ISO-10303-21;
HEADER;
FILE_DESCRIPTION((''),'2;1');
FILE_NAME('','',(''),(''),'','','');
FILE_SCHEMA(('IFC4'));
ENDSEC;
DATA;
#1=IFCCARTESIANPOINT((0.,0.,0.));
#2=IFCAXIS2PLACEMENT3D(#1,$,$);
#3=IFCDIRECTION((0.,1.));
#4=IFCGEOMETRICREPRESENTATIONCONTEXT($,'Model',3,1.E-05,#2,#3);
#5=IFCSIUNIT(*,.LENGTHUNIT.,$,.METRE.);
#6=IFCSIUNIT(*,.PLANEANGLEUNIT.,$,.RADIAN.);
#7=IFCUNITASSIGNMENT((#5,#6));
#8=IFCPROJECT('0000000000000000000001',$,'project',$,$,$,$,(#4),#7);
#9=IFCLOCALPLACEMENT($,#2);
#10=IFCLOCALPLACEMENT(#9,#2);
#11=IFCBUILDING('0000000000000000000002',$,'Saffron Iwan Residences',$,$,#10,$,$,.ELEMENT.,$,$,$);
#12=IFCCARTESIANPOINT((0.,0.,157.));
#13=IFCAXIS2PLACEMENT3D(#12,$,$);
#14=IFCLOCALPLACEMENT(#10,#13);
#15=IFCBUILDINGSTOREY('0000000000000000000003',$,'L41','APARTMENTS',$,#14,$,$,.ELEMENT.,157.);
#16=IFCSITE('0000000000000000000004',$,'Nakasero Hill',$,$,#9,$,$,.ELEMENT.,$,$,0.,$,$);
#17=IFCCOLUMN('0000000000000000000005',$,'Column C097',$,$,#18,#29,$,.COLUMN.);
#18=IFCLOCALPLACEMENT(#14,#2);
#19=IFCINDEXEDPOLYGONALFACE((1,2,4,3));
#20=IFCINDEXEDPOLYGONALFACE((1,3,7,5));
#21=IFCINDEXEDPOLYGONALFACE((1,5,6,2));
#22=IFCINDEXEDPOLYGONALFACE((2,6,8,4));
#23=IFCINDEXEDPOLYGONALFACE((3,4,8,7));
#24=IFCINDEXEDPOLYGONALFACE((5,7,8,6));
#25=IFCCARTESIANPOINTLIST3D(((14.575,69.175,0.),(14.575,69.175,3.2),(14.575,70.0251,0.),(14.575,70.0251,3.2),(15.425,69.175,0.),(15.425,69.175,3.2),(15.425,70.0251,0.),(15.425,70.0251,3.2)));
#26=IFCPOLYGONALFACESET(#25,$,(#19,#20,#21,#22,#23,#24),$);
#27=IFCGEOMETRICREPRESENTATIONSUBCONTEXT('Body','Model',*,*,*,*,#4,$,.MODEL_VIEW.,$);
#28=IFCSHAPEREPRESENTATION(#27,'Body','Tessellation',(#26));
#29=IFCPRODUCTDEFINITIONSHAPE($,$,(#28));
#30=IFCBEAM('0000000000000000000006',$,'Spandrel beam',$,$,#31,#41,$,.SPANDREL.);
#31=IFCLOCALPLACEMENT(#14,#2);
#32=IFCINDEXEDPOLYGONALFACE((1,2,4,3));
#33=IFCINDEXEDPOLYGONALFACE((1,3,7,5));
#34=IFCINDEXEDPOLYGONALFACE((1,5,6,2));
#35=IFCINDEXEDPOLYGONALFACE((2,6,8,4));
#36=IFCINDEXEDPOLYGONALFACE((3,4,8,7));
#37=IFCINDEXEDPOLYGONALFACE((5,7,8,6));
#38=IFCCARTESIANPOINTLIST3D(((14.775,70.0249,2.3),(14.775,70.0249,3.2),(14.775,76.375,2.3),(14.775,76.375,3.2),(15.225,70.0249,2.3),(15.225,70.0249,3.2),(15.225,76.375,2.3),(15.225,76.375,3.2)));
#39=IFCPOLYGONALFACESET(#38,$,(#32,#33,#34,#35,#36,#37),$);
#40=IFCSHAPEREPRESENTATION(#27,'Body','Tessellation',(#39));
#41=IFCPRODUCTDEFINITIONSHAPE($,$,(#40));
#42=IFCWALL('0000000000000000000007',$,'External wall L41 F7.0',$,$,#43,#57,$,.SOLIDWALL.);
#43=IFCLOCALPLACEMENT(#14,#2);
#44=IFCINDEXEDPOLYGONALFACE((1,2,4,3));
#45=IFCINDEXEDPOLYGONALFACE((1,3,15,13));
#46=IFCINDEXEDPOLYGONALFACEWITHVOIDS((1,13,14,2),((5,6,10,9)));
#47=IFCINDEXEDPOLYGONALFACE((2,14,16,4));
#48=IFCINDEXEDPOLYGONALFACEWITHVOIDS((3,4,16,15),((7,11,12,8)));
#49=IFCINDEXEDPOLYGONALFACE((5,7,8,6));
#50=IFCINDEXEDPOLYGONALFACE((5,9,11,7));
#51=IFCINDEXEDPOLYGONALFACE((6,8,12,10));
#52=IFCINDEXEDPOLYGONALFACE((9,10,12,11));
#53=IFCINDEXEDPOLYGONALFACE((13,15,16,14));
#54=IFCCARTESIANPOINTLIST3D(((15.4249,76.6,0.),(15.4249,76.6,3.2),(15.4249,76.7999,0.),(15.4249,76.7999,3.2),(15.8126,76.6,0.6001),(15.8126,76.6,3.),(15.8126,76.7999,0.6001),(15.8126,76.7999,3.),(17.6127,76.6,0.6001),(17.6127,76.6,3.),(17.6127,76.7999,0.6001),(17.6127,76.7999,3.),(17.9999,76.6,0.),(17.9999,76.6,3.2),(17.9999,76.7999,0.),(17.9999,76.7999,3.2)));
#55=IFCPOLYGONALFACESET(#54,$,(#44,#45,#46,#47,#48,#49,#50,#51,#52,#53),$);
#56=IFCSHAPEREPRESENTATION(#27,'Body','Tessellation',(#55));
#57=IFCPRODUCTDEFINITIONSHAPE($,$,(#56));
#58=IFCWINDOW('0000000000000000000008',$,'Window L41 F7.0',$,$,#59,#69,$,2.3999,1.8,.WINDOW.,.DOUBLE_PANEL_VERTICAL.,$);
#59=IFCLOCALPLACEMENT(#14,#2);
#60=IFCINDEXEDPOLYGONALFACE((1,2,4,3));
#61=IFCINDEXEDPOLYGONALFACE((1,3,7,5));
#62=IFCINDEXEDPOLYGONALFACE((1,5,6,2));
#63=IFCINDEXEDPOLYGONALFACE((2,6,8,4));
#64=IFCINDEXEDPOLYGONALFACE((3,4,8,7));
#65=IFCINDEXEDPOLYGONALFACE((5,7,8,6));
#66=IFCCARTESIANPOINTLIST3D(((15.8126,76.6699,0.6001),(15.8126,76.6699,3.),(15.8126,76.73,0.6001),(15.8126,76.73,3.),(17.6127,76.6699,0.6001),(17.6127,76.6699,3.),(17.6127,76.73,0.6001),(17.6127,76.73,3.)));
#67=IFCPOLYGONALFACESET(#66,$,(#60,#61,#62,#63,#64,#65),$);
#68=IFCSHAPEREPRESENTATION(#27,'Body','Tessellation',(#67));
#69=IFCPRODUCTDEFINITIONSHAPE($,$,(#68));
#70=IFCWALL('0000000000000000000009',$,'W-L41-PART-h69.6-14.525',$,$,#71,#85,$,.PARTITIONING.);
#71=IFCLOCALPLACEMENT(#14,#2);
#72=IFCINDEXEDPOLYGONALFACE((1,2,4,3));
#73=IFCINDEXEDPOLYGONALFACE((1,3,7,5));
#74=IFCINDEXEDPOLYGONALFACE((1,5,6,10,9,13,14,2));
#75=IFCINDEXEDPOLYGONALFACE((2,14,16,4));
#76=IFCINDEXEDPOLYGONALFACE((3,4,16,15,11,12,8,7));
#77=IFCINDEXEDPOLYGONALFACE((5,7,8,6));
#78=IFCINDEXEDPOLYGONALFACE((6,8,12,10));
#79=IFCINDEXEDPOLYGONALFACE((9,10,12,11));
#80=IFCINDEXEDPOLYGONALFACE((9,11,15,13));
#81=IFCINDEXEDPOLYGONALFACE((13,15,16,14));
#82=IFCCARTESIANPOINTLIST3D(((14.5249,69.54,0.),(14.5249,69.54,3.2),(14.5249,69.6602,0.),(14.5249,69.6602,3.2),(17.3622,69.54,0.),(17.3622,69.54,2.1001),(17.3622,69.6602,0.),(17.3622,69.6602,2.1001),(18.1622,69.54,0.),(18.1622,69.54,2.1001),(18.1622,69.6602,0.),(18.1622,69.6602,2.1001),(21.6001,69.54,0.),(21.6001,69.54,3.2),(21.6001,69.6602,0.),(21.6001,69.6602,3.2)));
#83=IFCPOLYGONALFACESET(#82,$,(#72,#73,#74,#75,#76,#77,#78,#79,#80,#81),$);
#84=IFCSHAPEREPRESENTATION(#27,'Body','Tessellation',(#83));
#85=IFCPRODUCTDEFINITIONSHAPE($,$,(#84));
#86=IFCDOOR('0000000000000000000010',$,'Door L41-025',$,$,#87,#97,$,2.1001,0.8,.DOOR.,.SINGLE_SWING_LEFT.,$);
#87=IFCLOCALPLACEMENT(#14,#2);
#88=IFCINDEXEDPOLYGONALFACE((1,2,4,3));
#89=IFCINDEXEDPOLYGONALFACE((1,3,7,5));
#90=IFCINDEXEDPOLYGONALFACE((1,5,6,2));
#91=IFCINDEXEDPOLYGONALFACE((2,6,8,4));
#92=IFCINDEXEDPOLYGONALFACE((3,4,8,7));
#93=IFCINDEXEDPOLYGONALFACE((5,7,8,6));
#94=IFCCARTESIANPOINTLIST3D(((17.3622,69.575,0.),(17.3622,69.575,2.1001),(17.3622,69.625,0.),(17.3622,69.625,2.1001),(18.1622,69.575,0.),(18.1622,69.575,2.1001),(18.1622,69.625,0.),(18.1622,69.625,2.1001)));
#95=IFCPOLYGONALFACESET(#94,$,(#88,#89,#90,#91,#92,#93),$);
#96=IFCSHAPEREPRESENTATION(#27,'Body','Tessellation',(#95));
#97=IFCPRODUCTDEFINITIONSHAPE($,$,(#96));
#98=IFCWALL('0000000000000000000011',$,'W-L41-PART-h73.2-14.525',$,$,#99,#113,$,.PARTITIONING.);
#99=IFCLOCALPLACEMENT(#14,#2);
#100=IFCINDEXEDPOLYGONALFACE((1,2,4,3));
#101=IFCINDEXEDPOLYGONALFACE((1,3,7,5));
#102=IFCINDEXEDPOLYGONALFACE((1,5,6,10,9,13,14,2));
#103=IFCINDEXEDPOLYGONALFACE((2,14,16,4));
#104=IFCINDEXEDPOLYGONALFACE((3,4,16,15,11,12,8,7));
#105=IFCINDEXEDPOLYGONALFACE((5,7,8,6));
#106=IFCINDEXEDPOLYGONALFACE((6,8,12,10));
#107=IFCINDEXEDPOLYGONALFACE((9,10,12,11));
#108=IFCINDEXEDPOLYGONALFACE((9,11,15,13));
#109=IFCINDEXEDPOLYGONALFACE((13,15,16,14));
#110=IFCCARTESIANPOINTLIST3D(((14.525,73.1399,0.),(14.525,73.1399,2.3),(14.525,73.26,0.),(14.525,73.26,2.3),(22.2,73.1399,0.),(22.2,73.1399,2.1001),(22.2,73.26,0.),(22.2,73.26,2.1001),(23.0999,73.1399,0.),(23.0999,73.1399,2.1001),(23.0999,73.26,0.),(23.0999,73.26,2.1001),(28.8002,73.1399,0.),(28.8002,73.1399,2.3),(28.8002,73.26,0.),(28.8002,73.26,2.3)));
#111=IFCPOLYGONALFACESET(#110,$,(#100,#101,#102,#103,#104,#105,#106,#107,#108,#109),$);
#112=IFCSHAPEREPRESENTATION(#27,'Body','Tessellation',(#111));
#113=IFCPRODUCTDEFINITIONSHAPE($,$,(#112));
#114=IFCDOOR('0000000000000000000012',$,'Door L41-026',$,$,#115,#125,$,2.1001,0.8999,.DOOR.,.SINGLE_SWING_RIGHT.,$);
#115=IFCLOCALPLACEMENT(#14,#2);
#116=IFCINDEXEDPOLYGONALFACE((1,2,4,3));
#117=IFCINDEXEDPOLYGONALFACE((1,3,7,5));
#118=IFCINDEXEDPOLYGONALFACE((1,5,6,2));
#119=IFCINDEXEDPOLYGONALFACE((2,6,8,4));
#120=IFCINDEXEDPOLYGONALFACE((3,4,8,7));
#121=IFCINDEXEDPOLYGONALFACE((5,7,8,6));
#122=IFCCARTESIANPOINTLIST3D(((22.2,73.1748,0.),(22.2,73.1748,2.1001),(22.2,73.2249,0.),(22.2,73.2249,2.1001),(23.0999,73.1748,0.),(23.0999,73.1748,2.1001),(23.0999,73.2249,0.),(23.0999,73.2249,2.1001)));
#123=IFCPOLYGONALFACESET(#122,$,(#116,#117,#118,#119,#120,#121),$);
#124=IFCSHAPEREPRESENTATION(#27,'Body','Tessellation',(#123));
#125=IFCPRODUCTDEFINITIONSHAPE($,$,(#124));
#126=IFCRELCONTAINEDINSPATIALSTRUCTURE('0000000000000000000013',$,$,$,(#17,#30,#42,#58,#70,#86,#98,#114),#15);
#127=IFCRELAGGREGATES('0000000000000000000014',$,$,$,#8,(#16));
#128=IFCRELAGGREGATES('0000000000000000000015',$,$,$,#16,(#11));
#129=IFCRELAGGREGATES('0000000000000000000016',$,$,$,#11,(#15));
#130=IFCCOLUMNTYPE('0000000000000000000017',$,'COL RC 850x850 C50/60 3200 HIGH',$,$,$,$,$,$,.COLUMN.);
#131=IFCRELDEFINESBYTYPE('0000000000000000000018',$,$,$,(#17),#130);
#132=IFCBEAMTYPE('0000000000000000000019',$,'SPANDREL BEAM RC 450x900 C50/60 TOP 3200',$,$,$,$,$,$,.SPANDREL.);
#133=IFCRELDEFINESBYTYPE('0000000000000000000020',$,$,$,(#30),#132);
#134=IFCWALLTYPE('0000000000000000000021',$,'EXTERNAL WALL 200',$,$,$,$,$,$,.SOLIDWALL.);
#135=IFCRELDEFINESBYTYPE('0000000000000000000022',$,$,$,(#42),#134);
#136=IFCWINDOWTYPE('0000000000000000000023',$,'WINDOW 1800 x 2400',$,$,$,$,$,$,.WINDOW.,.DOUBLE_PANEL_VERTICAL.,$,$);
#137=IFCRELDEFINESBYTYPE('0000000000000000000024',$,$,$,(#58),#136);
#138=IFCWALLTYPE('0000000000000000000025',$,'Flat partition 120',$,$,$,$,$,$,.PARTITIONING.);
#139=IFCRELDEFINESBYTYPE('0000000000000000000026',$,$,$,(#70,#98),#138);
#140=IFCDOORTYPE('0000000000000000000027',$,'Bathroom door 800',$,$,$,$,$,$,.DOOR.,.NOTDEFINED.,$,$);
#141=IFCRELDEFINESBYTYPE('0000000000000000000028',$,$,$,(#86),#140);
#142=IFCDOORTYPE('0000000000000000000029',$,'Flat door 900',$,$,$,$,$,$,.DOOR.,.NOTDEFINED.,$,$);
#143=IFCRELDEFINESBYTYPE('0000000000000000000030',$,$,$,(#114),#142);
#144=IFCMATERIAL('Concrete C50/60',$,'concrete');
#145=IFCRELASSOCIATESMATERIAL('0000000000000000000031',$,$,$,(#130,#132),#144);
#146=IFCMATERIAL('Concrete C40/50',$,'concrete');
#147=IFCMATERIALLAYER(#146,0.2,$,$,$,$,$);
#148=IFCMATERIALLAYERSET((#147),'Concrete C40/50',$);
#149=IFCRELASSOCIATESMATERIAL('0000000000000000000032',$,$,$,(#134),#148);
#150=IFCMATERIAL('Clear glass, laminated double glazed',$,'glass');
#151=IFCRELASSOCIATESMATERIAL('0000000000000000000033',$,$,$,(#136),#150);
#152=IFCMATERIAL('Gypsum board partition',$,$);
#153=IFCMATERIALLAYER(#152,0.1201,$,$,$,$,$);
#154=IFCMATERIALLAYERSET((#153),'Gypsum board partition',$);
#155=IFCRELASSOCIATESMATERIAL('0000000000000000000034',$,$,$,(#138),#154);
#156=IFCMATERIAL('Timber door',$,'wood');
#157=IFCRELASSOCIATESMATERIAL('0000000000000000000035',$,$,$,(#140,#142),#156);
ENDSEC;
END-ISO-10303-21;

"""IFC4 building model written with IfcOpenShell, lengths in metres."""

from ifc_helpers import new_model, si_unit, direction, frame, frame_2d, origin, origin_2d, place, context, subcontext, project, spatial, rectangle, extrude, source, transform, mapped, material, layer, layer_set, material_profile, profile_set, type_object, element, fill, save


model = new_model("IFC4")

# Units and contexts
model_context = context("Model", 3, precision=1e-05, world=origin(), true_north=direction((0.0, 1.0)))
body_context = subcontext(model_context, "Body", "Model", "MODEL_VIEW")
ifc_project = project(units=[si_unit("LENGTHUNIT", "METRE"), si_unit("PLANEANGLEUNIT", "RADIAN")], contexts=[model_context])

# Site, building, storey
site_placement = place(None, origin())
site = spatial("IfcSite", under=ifc_project, at=site_placement, Name="Nakasero Hill", CompositionType="ELEMENT", RefElevation=0.0)
building_placement = place(site_placement, origin())
building = spatial("IfcBuilding", under=site, at=building_placement, Name="Saffron Iwan Residences", CompositionType="ELEMENT")
storey_placement = place(building_placement, frame((0.0, 0.0, 157.0)))
storey = spatial("IfcBuildingStorey", under=building, at=storey_placement, Name="L41", Description="APARTMENTS", CompositionType="ELEMENT", Elevation=157.0)

# Column
ifc_material_1 = material(Name="Concrete C50/60", Category="concrete")
ifc_material_profile_1 = material_profile(ifc_material_1, rectangle(XDim=0.8501, YDim=0.8501, at=origin_2d()), Name="RC 850x850")
ifc_profile_set_1 = profile_set([ifc_material_profile_1], Name="Concrete C50/60")
column_type = type_object("IfcColumnType", Name="COL RC 850x850 C50/60 3200 HIGH", PredefinedType="COLUMN", material=ifc_profile_set_1)
shared_shape_1 = source(origin(), body_context, "Body", "SweptSolid", [
    extrude(rectangle(XDim=0.8501, YDim=0.8501, at=origin_2d()), origin(), (0.0, 0.0, 1.0), 3.2),
])
column_placement = place(storey_placement, frame((15.0, 69.6001, 0.0), z_axis=(0.0, 0.0, 1.0), x_axis=(1.0, 0.0, 0.0)))
element("IfcColumn", 1, at=column_placement, inside=storey, type_object=column_type, Name="Column C097", PredefinedType="COLUMN", context=body_context, shape_type="MappedRepresentation", body=[
    mapped(shared_shape_1, transform((0.0, 0.0, 0.0))),
])

# Beam
ifc_material_profile_2 = material_profile(ifc_material_1, rectangle(XDim=0.45, YDim=0.8999, at=origin_2d()), Name="RC 450x900")
ifc_profile_set_2 = profile_set([ifc_material_profile_2], Name="Concrete C50/60")
beam_type = type_object("IfcBeamType", Name="SPANDREL BEAM RC 450x900 C50/60 TOP 3200", PredefinedType="SPANDREL", material=ifc_profile_set_2)
shared_shape_2 = source(origin(), body_context, "Body", "SweptSolid", [
    extrude(rectangle(XDim=0.45, YDim=0.8999, at=origin_2d()), origin(), (0.0, 0.0, 1.0), 6.3501),
])
beam_placement = place(storey_placement, frame((15.0, 70.0249, 2.75), z_axis=(0.0, 1.0, 0.0), x_axis=(-1.0, 0.0, 0.0)))
element("IfcBeam", 2, at=beam_placement, inside=storey, type_object=beam_type, Name="Spandrel beam", PredefinedType="SPANDREL", context=body_context, shape_type="MappedRepresentation", body=[
    mapped(shared_shape_2, transform((0.0, 0.0, 0.0))),
])

# Wall, opening, window
ifc_material_2 = material(Name="Concrete C40/50", Category="concrete")
ifc_layer_1 = layer(ifc_material_2, 0.2)
ifc_layer_set_1 = layer_set([ifc_layer_1], Name="Concrete C40/50")
wall_type_1 = type_object("IfcWallType", Name="EXTERNAL WALL 200", PredefinedType="SOLIDWALL", material=ifc_layer_set_1)
wall_1_placement = place(storey_placement, frame((18.0, 76.7, 0.0), z_axis=(0.0, 0.0, 1.0), x_axis=(-1.0, 0.0, 0.0)))
wall_1 = element("IfcWall", 3, at=wall_1_placement, inside=storey, type_object=wall_type_1, Name="External wall L41 F7.0", PredefinedType="SOLIDWALL", context=body_context, shape_type="SweptSolid", body=[
    extrude(rectangle(XDim=2.575, YDim=0.2, at=frame_2d((1.2876, 0.0))), origin(), (0.0, 0.0, 1.0), 3.2),
])
opening_1_placement = place(wall_1_placement, frame((0.3875, 0.0, 0.6001)))
opening_1 = element("IfcOpeningElement", 4, at=opening_1_placement, cuts=wall_1, PredefinedType="OPENING", context=body_context, shape_type="SweptSolid", body=[
    extrude(rectangle(XDim=1.8, YDim=2.3999, at=frame_2d((0.8999, 1.2))), frame((0.0, 0.1099, 0.0), z_axis=(0.0, -1.0, 0.0), x_axis=(1.0, 0.0, 0.0)), (0.0, 0.0, 1.0), 0.22),
])
ifc_material_3 = material(Name="Clear glass, laminated double glazed", Category="glass")
window_type_1 = type_object("IfcWindowType", Name="WINDOW 1800 x 2400", PartitioningType="DOUBLE_PANEL_VERTICAL", PredefinedType="WINDOW", material=ifc_material_3)
window_1_placement = place(opening_1_placement, origin())
window_1 = element("IfcWindow", 5, at=window_1_placement, inside=storey, type_object=window_type_1, Name="Window L41 F7.0", OverallHeight=2.3999, OverallWidth=1.8, PartitioningType="DOUBLE_PANEL_VERTICAL", PredefinedType="WINDOW", context=body_context, shape_type="SweptSolid", body=[
    extrude(rectangle(XDim=1.8, YDim=2.3999, at=frame_2d((0.8999, 1.2))), frame((0.0, 0.03, 0.0), z_axis=(0.0, -1.0, 0.0), x_axis=(1.0, 0.0, 0.0)), (0.0, 0.0, 1.0), 0.0601),
])
fill(opening_1, window_1)

# Walls, openings, doors
ifc_material_4 = material(Name="Gypsum board partition")
ifc_layer_2 = layer(ifc_material_4, 0.1201)
ifc_layer_set_2 = layer_set([ifc_layer_2], Name="Gypsum board partition")
wall_type_2 = type_object("IfcWallType", Name="Flat partition 120", PredefinedType="PARTITIONING", material=ifc_layer_set_2)
wall_2_placement = place(storey_placement, frame((14.5249, 69.6001, 0.0), z_axis=(0.0, 0.0, 1.0), x_axis=(1.0, 0.0, 0.0)))
wall_2 = element("IfcWall", 6, at=wall_2_placement, inside=storey, type_object=wall_type_2, Name="W-L41-PART-h69.6-14.525", PredefinedType="PARTITIONING", context=body_context, shape_type="SweptSolid", body=[
    extrude(rectangle(XDim=7.0752, YDim=0.1201, at=frame_2d((3.5376, 0.0))), origin(), (0.0, 0.0, 1.0), 3.2),
])
opening_2_placement = place(wall_2_placement, frame((2.8374, 0.0, 0.0)))
opening_2 = element("IfcOpeningElement", 7, at=opening_2_placement, cuts=wall_2, PredefinedType="OPENING", context=body_context, shape_type="SweptSolid", body=[
    extrude(rectangle(XDim=0.8, YDim=2.1001, at=frame_2d((0.3999, 1.05))), frame((0.0, 0.0701, 0.0), z_axis=(0.0, -1.0, 0.0), x_axis=(1.0, 0.0, 0.0)), (0.0, 0.0, 1.0), 0.1401),
])
ifc_material_5 = material(Name="Timber door", Category="wood")
door_type_1 = type_object("IfcDoorType", Name="Bathroom door 800", OperationType="NOTDEFINED", PredefinedType="DOOR", material=ifc_material_5)
door_1_placement = place(opening_2_placement, origin())
door_1 = element("IfcDoor", 8, at=door_1_placement, inside=storey, type_object=door_type_1, Name="Door L41-025", OperationType="SINGLE_SWING_LEFT", OverallHeight=2.1001, OverallWidth=0.8, PredefinedType="DOOR", context=body_context, shape_type="SweptSolid", body=[
    extrude(rectangle(XDim=0.8, YDim=2.1001, at=frame_2d((0.3999, 1.05))), frame((0.0, 0.0249, 0.0), z_axis=(0.0, -1.0, 0.0), x_axis=(1.0, 0.0, 0.0)), (0.0, 0.0, 1.0), 0.05),
])
fill(opening_2, door_1)
wall_3_placement = place(storey_placement, frame((14.5249, 73.2, 0.0), z_axis=(0.0, 0.0, 1.0), x_axis=(1.0, 0.0, 0.0)))
wall_3 = element("IfcWall", 9, at=wall_3_placement, inside=storey, type_object=wall_type_2, Name="W-L41-PART-h73.2-14.525", PredefinedType="PARTITIONING", context=body_context, shape_type="SweptSolid", body=[
    extrude(rectangle(XDim=14.2751, YDim=0.1201, at=frame_2d((7.1377, 0.0))), origin(), (0.0, 0.0, 1.0), 2.3),
])
opening_3_placement = place(wall_3_placement, frame((7.675, 0.0, 0.0)))
opening_3 = element("IfcOpeningElement", 10, at=opening_3_placement, cuts=wall_3, PredefinedType="OPENING", context=body_context, shape_type="SweptSolid", body=[
    extrude(rectangle(XDim=0.8999, YDim=2.1001, at=frame_2d((0.45, 1.05))), frame((0.0, 0.0701, 0.0), z_axis=(0.0, -1.0, 0.0), x_axis=(1.0, 0.0, 0.0)), (0.0, 0.0, 1.0), 0.1401),
])
door_type_2 = type_object("IfcDoorType", Name="Flat door 900", OperationType="NOTDEFINED", PredefinedType="DOOR", material=ifc_material_5)
door_2_placement = place(opening_3_placement, origin())
door_2 = element("IfcDoor", 11, at=door_2_placement, inside=storey, type_object=door_type_2, Name="Door L41-026", OperationType="SINGLE_SWING_RIGHT", OverallHeight=2.1001, OverallWidth=0.8999, PredefinedType="DOOR", context=body_context, shape_type="SweptSolid", body=[
    extrude(rectangle(XDim=0.8999, YDim=2.1001, at=frame_2d((0.45, 1.05))), frame((0.0, 0.0249, 0.0), z_axis=(0.0, -1.0, 0.0), x_axis=(1.0, 0.0, 0.0)), (0.0, 0.0, 1.0), 0.05),
])
fill(opening_3, door_2)

save(model, "model.ifc")
